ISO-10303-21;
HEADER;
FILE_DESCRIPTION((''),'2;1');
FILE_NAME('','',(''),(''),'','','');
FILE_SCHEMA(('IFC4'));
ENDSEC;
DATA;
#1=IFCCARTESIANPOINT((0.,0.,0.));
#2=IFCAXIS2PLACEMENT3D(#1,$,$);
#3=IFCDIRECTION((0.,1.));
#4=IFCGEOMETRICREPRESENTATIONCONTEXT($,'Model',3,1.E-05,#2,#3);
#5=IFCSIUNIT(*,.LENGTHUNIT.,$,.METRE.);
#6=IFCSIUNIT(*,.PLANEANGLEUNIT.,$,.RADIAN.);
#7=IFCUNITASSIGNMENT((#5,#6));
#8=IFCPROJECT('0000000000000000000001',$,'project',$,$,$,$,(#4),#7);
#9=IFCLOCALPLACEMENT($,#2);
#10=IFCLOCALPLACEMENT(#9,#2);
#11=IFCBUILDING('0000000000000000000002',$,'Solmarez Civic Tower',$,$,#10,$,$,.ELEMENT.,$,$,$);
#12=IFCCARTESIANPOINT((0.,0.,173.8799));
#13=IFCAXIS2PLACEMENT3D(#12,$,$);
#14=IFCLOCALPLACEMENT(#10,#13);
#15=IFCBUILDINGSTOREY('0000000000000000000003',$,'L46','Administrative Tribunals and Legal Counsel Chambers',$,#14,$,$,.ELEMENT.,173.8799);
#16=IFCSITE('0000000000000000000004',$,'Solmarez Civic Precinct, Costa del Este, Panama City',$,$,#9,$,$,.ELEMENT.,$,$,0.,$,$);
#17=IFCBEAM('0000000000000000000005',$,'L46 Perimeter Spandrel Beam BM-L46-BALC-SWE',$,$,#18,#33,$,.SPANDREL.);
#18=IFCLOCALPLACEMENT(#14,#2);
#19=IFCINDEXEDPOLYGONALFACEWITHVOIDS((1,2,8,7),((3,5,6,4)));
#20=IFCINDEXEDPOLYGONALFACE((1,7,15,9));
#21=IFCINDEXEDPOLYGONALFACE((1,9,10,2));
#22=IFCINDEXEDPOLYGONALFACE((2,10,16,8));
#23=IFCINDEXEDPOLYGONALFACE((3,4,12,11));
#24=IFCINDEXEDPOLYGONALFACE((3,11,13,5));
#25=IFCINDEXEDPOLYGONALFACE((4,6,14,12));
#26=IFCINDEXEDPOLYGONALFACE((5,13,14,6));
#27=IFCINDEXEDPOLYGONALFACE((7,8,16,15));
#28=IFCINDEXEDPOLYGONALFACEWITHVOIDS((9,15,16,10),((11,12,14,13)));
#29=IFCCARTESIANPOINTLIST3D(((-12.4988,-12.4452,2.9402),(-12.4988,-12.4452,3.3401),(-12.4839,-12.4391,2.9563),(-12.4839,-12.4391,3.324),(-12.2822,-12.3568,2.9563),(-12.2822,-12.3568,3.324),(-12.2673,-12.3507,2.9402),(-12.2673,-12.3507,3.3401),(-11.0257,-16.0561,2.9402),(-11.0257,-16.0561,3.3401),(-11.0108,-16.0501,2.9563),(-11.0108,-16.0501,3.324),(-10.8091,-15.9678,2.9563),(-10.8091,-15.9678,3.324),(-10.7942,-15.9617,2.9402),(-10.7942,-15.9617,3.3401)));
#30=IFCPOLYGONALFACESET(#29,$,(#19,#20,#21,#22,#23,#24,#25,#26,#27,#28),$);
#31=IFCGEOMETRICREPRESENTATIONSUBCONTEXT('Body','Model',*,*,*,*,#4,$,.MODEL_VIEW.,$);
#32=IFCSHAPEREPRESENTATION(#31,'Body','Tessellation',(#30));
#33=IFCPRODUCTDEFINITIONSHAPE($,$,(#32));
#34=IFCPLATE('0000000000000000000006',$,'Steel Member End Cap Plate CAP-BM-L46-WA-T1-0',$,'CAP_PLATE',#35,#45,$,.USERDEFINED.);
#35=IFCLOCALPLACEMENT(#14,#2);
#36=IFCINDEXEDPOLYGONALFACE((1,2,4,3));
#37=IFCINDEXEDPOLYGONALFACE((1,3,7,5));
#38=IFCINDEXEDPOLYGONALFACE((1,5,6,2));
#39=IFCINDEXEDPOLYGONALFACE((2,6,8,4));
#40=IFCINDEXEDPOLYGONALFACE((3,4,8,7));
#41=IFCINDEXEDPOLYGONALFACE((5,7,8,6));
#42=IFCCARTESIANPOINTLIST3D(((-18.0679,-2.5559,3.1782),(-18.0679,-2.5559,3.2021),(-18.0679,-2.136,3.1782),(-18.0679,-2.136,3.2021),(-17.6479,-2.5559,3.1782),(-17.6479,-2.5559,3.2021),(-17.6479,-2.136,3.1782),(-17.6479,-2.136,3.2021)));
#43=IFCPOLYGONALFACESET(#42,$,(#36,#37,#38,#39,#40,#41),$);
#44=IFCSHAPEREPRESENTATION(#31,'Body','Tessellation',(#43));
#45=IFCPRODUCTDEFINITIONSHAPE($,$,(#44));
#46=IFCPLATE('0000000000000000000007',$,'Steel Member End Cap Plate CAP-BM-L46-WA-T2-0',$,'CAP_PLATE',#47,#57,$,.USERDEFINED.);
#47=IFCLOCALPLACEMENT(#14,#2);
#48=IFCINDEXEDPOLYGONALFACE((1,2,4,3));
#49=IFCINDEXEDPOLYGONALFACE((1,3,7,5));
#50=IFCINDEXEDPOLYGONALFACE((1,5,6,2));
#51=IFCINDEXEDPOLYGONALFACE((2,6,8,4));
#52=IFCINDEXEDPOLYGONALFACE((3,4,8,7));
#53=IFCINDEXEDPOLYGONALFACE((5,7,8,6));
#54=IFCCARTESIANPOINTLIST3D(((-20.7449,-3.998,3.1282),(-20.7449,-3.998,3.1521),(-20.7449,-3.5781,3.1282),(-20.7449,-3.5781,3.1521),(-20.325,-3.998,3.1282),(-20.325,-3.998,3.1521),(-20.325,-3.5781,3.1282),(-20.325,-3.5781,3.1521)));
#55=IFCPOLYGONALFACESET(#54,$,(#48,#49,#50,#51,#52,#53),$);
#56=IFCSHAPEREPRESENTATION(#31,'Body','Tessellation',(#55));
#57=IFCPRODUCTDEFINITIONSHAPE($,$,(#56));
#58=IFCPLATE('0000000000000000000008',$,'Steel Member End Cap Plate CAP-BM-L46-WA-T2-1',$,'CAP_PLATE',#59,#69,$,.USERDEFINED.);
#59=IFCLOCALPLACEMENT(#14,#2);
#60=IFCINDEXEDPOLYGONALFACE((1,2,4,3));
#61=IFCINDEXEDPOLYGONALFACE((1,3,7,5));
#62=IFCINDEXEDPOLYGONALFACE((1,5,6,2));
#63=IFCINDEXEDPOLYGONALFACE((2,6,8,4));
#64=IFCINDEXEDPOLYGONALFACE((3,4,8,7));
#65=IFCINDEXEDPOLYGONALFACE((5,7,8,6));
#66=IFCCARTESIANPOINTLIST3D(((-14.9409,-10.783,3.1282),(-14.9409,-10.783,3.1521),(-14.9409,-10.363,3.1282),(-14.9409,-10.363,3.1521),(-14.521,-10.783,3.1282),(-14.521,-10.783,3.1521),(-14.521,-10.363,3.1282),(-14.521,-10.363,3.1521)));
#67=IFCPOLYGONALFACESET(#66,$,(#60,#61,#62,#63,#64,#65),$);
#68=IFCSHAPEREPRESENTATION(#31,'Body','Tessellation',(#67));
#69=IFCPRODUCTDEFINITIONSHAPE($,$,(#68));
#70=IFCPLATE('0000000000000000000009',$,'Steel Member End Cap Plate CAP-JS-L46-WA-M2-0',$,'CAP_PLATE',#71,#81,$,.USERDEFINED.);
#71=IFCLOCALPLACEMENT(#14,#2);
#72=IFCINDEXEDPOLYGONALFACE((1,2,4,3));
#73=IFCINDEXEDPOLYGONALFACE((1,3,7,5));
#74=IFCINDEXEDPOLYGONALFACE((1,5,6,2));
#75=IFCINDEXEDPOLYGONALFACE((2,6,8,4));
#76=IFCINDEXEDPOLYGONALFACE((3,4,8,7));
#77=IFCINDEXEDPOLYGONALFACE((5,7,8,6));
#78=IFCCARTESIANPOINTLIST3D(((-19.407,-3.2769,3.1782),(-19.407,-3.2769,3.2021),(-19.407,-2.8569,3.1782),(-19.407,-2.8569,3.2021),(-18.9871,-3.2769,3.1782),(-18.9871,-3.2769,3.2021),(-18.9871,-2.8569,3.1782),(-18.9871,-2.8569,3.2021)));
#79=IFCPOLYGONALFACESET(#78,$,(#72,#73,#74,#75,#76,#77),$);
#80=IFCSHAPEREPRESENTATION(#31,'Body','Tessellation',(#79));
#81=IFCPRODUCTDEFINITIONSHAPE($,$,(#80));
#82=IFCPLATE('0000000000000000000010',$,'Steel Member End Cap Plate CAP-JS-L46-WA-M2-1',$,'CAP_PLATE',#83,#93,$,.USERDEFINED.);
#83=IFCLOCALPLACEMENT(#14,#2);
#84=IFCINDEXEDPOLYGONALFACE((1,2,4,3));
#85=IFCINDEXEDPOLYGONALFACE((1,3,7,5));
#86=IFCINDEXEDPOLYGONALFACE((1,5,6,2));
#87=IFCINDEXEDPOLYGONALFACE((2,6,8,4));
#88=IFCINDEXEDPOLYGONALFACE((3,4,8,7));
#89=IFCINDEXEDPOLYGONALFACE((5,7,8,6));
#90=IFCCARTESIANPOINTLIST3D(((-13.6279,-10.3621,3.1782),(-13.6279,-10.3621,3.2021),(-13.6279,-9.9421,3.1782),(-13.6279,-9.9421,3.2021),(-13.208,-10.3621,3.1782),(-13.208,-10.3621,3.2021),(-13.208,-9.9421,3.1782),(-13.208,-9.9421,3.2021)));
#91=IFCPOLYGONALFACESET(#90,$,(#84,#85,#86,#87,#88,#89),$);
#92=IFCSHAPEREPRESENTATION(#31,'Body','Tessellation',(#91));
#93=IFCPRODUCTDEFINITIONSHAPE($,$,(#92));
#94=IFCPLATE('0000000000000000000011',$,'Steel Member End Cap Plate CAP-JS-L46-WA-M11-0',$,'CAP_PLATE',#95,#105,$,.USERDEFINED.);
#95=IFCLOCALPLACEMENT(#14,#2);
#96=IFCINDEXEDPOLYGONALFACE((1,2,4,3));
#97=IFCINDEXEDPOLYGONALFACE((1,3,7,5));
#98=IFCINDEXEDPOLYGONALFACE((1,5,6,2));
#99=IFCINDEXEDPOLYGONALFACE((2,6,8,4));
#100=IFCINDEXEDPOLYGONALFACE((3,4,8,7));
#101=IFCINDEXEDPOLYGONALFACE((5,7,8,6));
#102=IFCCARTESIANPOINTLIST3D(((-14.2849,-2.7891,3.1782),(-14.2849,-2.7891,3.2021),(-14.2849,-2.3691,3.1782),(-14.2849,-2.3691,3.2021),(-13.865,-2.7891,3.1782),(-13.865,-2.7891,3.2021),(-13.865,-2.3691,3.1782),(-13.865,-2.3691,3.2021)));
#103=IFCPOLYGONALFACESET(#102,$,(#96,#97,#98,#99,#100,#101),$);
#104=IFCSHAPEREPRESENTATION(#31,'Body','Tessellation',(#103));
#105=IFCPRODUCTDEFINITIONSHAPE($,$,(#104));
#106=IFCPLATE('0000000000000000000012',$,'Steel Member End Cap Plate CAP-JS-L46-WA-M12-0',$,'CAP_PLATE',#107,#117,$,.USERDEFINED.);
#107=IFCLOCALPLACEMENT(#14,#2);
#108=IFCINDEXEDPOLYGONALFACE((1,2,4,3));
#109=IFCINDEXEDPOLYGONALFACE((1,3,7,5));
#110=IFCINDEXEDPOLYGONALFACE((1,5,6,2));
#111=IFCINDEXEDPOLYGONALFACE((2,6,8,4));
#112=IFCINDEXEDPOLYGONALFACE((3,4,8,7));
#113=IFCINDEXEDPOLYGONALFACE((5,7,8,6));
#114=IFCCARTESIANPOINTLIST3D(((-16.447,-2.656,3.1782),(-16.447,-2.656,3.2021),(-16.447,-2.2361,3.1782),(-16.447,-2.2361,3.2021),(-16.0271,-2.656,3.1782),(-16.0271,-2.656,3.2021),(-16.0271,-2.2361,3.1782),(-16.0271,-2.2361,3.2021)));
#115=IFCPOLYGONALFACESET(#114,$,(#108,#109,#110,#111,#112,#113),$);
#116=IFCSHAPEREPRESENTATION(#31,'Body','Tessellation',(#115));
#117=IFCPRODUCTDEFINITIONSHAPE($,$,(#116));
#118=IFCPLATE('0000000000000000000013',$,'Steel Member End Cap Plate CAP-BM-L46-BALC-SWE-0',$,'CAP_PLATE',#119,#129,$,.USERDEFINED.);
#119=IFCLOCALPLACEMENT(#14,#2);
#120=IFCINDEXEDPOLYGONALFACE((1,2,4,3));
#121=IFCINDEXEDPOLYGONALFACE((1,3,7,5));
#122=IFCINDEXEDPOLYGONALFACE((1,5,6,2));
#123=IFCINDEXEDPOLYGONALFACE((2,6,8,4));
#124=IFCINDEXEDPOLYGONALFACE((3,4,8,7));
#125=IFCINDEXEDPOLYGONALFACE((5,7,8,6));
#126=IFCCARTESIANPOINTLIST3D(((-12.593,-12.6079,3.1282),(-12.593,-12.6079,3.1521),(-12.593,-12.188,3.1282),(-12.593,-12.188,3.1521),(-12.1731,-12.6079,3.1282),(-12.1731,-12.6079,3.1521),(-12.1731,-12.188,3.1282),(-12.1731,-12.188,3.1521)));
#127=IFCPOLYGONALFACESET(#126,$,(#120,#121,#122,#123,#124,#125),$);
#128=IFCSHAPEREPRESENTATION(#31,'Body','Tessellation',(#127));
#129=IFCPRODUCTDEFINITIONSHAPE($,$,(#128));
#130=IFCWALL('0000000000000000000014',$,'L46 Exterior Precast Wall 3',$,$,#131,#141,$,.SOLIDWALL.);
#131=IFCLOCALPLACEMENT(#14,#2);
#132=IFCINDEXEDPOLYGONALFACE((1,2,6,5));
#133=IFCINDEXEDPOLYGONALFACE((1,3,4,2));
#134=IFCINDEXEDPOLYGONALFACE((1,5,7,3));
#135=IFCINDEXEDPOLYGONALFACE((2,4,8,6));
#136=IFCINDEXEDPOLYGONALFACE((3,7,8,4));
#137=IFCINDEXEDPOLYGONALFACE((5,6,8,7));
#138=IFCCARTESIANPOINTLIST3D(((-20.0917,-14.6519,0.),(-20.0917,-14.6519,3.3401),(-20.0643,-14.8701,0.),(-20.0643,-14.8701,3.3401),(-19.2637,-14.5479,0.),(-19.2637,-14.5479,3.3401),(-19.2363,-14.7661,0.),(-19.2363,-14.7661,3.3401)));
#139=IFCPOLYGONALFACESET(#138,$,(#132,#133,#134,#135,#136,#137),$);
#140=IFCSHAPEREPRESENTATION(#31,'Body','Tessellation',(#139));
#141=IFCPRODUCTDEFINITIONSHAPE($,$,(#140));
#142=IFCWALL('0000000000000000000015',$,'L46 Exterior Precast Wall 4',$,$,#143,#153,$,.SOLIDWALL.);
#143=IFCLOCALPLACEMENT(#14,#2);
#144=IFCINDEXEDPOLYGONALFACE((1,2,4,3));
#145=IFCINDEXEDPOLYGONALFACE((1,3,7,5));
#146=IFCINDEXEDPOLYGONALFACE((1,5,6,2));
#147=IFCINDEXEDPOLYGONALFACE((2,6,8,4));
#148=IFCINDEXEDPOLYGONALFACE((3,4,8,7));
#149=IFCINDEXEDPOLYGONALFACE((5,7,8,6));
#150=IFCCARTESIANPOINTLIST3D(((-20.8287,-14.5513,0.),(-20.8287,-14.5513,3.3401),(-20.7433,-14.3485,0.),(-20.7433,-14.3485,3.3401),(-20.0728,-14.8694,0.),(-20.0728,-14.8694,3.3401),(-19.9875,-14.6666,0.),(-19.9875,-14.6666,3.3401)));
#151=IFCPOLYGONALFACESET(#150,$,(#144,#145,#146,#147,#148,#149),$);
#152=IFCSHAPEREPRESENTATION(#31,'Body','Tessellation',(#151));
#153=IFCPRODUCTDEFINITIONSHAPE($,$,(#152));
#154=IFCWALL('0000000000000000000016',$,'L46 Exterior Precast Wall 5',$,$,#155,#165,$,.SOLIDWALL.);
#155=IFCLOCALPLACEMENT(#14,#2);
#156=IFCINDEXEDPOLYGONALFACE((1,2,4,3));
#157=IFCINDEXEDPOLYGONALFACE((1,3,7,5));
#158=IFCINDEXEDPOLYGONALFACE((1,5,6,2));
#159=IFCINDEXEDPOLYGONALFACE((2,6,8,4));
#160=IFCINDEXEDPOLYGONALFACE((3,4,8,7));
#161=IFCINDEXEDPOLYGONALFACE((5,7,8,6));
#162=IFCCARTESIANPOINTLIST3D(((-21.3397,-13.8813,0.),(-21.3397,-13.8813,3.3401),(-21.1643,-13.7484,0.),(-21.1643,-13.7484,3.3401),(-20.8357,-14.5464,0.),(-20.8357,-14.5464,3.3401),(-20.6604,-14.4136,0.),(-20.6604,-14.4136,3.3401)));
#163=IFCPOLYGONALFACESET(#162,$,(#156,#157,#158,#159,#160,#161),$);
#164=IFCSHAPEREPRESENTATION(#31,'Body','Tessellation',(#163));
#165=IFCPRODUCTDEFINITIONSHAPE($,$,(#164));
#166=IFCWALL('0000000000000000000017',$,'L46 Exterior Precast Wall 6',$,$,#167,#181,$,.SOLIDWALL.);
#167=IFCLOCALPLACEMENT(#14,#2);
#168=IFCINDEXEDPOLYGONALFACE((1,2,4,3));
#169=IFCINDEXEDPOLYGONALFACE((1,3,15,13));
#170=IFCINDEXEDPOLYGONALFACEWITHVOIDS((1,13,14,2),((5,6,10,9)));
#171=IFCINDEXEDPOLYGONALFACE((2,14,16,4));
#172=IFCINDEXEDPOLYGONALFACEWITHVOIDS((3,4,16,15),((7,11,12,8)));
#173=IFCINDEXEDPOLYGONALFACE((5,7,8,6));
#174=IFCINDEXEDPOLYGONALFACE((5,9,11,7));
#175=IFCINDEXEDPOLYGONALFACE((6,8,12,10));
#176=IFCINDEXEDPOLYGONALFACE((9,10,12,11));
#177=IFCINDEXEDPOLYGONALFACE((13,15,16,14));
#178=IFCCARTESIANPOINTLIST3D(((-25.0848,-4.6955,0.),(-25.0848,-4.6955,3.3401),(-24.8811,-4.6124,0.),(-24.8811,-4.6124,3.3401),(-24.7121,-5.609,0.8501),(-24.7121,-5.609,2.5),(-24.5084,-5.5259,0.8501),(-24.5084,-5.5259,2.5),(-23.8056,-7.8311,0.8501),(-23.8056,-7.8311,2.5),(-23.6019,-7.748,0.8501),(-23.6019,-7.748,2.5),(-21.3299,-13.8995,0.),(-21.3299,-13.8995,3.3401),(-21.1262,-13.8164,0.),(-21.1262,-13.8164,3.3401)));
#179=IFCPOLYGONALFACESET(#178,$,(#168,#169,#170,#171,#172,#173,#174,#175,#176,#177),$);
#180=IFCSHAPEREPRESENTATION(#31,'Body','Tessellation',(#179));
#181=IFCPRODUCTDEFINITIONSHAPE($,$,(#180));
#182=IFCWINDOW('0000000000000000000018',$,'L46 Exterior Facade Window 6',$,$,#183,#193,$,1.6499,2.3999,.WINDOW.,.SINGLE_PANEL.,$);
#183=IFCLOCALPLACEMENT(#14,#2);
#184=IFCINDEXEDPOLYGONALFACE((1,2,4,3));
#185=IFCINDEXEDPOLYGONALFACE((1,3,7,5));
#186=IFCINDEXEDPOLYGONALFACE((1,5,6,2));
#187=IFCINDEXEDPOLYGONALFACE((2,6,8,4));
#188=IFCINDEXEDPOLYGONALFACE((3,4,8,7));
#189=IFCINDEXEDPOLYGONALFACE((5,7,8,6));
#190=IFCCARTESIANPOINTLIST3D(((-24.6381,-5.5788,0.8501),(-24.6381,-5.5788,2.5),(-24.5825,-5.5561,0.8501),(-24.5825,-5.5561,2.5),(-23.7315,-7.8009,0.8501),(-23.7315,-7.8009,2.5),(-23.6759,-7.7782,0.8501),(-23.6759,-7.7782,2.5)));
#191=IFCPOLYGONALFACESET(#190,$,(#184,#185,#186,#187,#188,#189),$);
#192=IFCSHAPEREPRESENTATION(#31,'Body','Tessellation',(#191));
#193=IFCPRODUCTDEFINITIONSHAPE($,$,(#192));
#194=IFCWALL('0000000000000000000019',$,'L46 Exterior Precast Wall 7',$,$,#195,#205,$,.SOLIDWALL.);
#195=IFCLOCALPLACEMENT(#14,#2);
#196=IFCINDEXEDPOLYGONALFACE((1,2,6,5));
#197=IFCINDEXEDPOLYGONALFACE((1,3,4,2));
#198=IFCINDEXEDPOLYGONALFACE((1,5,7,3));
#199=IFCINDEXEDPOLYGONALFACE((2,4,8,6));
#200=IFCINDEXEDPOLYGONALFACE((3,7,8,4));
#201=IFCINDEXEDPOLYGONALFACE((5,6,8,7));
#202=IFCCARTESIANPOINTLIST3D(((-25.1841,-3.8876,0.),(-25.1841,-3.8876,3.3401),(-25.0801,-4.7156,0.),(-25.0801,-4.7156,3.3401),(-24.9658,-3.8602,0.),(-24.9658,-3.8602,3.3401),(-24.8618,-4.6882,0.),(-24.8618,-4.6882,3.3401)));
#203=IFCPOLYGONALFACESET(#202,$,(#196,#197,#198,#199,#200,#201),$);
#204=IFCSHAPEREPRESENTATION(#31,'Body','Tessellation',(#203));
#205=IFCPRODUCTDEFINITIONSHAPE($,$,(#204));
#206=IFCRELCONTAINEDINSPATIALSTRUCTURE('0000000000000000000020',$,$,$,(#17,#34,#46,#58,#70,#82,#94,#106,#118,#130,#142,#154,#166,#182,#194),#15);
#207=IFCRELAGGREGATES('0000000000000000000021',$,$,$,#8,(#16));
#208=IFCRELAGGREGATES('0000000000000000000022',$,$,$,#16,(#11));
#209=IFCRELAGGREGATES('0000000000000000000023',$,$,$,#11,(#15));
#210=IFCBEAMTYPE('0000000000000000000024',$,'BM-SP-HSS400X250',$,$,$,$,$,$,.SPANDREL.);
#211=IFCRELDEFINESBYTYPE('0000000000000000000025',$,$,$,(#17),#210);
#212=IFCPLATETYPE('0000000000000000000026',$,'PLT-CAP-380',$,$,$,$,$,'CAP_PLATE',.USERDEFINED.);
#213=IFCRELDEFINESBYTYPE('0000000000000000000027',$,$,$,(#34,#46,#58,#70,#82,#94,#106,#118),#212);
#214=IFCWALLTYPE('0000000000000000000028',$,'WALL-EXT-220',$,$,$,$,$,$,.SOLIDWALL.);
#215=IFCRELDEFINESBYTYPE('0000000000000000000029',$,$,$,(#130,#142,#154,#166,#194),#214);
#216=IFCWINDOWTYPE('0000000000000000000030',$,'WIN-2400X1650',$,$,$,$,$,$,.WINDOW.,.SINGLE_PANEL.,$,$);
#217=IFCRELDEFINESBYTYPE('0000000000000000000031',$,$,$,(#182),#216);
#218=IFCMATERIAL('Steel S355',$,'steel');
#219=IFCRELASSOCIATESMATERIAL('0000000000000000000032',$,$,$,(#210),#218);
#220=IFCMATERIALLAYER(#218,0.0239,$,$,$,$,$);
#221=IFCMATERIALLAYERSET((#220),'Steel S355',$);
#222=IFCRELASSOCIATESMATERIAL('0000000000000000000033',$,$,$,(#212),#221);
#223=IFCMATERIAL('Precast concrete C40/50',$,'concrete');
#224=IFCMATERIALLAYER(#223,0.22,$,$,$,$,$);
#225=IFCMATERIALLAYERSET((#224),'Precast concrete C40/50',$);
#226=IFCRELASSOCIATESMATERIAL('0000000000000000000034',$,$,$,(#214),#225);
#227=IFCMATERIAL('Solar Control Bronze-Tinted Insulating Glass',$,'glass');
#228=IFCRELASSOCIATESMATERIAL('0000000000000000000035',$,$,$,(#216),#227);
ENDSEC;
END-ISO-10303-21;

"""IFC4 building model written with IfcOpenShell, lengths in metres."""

from ifc_helpers import new_model, si_unit, direction, frame, frame_2d, origin, origin_2d, place, context, subcontext, project, spatial, rectangle, hollow_rectangle, extrude, material, layer, layer_set, material_profile, profile_set, type_object, element, fill, save


model = new_model("IFC4")

# Units and contexts
model_context = context("Model", 3, precision=1e-05, world=origin(), true_north=direction((0.0, 1.0)))
body_context = subcontext(model_context, "Body", "Model", "MODEL_VIEW")
ifc_project = project(units=[si_unit("LENGTHUNIT", "METRE"), si_unit("PLANEANGLEUNIT", "RADIAN")], contexts=[model_context])

# Site, building, storey
site_placement = place(None, origin())
site = spatial("IfcSite", under=ifc_project, at=site_placement, Name="Solmarez Civic Precinct, Costa del Este, Panama City", CompositionType="ELEMENT", RefElevation=0.0)
building_placement = place(site_placement, origin())
building = spatial("IfcBuilding", under=site, at=building_placement, Name="Solmarez Civic Tower", CompositionType="ELEMENT")
storey_placement = place(building_placement, frame((0.0, 0.0, 173.8799)))
storey = spatial("IfcBuildingStorey", under=building, at=storey_placement, Name="L46", Description="Administrative Tribunals and Legal Counsel Chambers", CompositionType="ELEMENT", Elevation=173.8799)

# Shared definitions
ifc_material_1 = material(Name="Steel S355", Category="steel")

# Beam
ifc_material_profile_1 = material_profile(ifc_material_1, hollow_rectangle(XDim=0.25, YDim=0.3999, WallThickness=0.0161, at=origin_2d()), Name="HSS400X250X16")
ifc_profile_set_1 = profile_set([ifc_material_profile_1], Name="Steel S355")
beam_type_1 = type_object("IfcBeamType", Name="BM-SP-HSS400X250", PredefinedType="SPANDREL", material=ifc_profile_set_1)
beam_1_placement = place(storey_placement, frame((-12.3831, -12.3979, 3.1401), z_axis=(0.377728, -0.925916, 0.0), x_axis=(0.925916, 0.377728, 0.0)))
element("IfcBeam", 1, at=beam_1_placement, inside=storey, type_object=beam_type_1, Name="L46 Perimeter Spandrel Beam BM-L46-BALC-SWE", PredefinedType="SPANDREL", context=body_context, shape_type="SweptSolid", body=[
    extrude(hollow_rectangle(XDim=0.25, YDim=0.3999, WallThickness=0.0161, at=origin_2d()), origin(), (0.0, 0.0, 1.0), 3.8999),
])

# Plates
ifc_layer_1 = layer(ifc_material_1, 0.0239)
ifc_layer_set_1 = layer_set([ifc_layer_1], Name="Steel S355")
plate_type = type_object("IfcPlateType", Name="PLT-CAP-380", ElementType="CAP_PLATE", PredefinedType="USERDEFINED", material=ifc_layer_set_1)
for number, where, z_axis, x_axis, name in (
    (2, (-17.8579, -2.3459, 3.1782), (0.0, 0.0, 1.0), (1.0, 0.0, 0.0), "Steel Member End Cap Plate CAP-BM-L46-WA-T1-0"),
    (3, (-20.5349, -3.7881, 3.1282), (0.0, 0.0, 1.0), (1.0, 0.0, 0.0), "Steel Member End Cap Plate CAP-BM-L46-WA-T2-0"),
    (4, (-14.731, -10.573, 3.1282), (0.0, 0.0, 1.0), (1.0, 0.0, 0.0), "Steel Member End Cap Plate CAP-BM-L46-WA-T2-1"),
    (5, (-19.197, -3.0669, 3.1782), (0.0, 0.0, 1.0), (1.0, 0.0, 0.0), "Steel Member End Cap Plate CAP-JS-L46-WA-M2-0"),
    (6, (-13.418, -10.1521, 3.1782), (0.0, 0.0, 1.0), (1.0, 0.0, 0.0), "Steel Member End Cap Plate CAP-JS-L46-WA-M2-1"),
    (7, (-14.075, -2.5791, 3.1782), (0.0, 0.0, 1.0), (1.0, 0.0, 0.0), "Steel Member End Cap Plate CAP-JS-L46-WA-M11-0"),
    (8, (-16.2371, -2.446, 3.1782), (0.0, 0.0, 1.0), (1.0, 0.0, 0.0), "Steel Member End Cap Plate CAP-JS-L46-WA-M12-0"),
    (9, (-12.3831, -12.3979, 3.1282), (0.0, 0.0, 1.0), (1.0, 0.0, 0.0), "Steel Member End Cap Plate CAP-BM-L46-BALC-SWE-0"),
):
    element("IfcPlate", number, at=place(storey_placement, frame(where, z_axis=z_axis, x_axis=x_axis)), inside=storey, type_object=plate_type, Name=name, ObjectType="CAP_PLATE", PredefinedType="USERDEFINED", context=body_context, shape_type="SweptSolid", body=[
        extrude(rectangle(XDim=0.4199, YDim=0.4199, at=origin_2d()), origin(), (0.0, 0.0, 1.0), 0.0239),
    ])

# Walls
ifc_material_2 = material(Name="Precast concrete C40/50", Category="concrete")
ifc_layer_2 = layer(ifc_material_2, 0.22)
ifc_layer_set_2 = layer_set([ifc_layer_2], Name="Precast concrete C40/50")
wall_type_1 = type_object("IfcWallType", Name="WALL-EXT-220", PredefinedType="SOLIDWALL", material=ifc_layer_set_2)
wall_1_placement = place(storey_placement, frame((-19.25, -14.657, 0.0), z_axis=(0.0, 0.0, 1.0), x_axis=(-0.992201, -0.124647, 0.0)))
element("IfcWall", 10, at=wall_1_placement, inside=storey, type_object=wall_type_1, Name="L46 Exterior Precast Wall 3", PredefinedType="SOLIDWALL", context=body_context, shape_type="SweptSolid", body=[
    extrude(rectangle(XDim=0.8345, YDim=0.22, at=frame_2d((0.4172, 0.0))), origin(), (0.0, 0.0, 1.0), 3.3401),
])
wall_2_placement = place(storey_placement, frame((-20.03, -14.7681, 0.0), z_axis=(0.0, 0.0, 1.0), x_axis=(-0.921697, 0.387911, 0.0)))
element("IfcWall", 11, at=wall_2_placement, inside=storey, type_object=wall_type_1, Name="L46 Exterior Precast Wall 4", PredefinedType="SOLIDWALL", context=body_context, shape_type="SweptSolid", body=[
    extrude(rectangle(XDim=0.8201, YDim=0.22, at=frame_2d((0.4102, 0.0))), origin(), (0.0, 0.0, 1.0), 3.3401),
])
wall_3_placement = place(storey_placement, frame((-20.748, -14.48, 0.0), z_axis=(0.0, 0.0, 1.0), x_axis=(-0.603925, 0.797041, 0.0)))
element("IfcWall", 12, at=wall_3_placement, inside=storey, type_object=wall_type_1, Name="L46 Exterior Precast Wall 5", PredefinedType="SOLIDWALL", context=body_context, shape_type="SweptSolid", body=[
    extrude(rectangle(XDim=0.8345, YDim=0.22, at=frame_2d((0.4172, 0.0))), origin(), (0.0, 0.0, 1.0), 3.3401),
])

# Wall, opening, window
wall_4_placement = place(storey_placement, frame((-21.228, -13.8579, 0.0), z_axis=(0.0, 0.0, 1.0), x_axis=(-0.377742, 0.925911, 0.0)))
wall_4 = element("IfcWall", 13, at=wall_4_placement, inside=storey, type_object=wall_type_1, Name="L46 Exterior Precast Wall 6", PredefinedType="SOLIDWALL", context=body_context, shape_type="SweptSolid", body=[
    extrude(rectangle(XDim=9.9404, YDim=0.22, at=frame_2d((4.9702, 0.0))), origin(), (0.0, 0.0, 1.0), 3.3401),
])
opening_1_placement = place(wall_4_placement, frame((6.554, 0.0, 0.8501)))
opening_1 = element("IfcOpeningElement", 14, at=opening_1_placement, cuts=wall_4, PredefinedType="OPENING", context=body_context, shape_type="SweptSolid", body=[
    extrude(rectangle(XDim=2.3999, YDim=1.6499, at=frame_2d((1.2, 0.825))), frame((0.0, 0.1199, 0.0), z_axis=(0.0, -1.0, 0.0), x_axis=(1.0, 0.0, 0.0)), (0.0, 0.0, 1.0), 0.24),
])
ifc_material_3 = material(Name="Solar Control Bronze-Tinted Insulating Glass", Category="glass")
window_type_1 = type_object("IfcWindowType", Name="WIN-2400X1650", PartitioningType="SINGLE_PANEL", PredefinedType="WINDOW", material=ifc_material_3)
window_1_placement = place(opening_1_placement, origin())
window_1 = element("IfcWindow", 15, at=window_1_placement, inside=storey, type_object=window_type_1, Name="L46 Exterior Facade Window 6", OverallHeight=1.6499, OverallWidth=2.3999, PartitioningType="SINGLE_PANEL", PredefinedType="WINDOW", context=body_context, shape_type="SweptSolid", body=[
    extrude(rectangle(XDim=2.3999, YDim=1.6499, at=frame_2d((1.2, 0.825))), frame((0.0, 0.03, 0.0), z_axis=(0.0, -1.0, 0.0), x_axis=(1.0, 0.0, 0.0)), (0.0, 0.0, 1.0), 0.0601),
])
fill(opening_1, window_1)

# Wall
wall_5_placement = place(storey_placement, frame((-24.9709, -4.7019, 0.0), z_axis=(0.0, 0.0, 1.0), x_axis=(-0.124647, 0.992201, 0.0)))
element("IfcWall", 16, at=wall_5_placement, inside=storey, type_object=wall_type_1, Name="L46 Exterior Precast Wall 7", PredefinedType="SOLIDWALL", context=body_context, shape_type="SweptSolid", body=[
    extrude(rectangle(XDim=0.8345, YDim=0.22, at=frame_2d((0.4172, 0.0))), origin(), (0.0, 0.0, 1.0), 3.3401),
])

save(model, "model.ifc")
